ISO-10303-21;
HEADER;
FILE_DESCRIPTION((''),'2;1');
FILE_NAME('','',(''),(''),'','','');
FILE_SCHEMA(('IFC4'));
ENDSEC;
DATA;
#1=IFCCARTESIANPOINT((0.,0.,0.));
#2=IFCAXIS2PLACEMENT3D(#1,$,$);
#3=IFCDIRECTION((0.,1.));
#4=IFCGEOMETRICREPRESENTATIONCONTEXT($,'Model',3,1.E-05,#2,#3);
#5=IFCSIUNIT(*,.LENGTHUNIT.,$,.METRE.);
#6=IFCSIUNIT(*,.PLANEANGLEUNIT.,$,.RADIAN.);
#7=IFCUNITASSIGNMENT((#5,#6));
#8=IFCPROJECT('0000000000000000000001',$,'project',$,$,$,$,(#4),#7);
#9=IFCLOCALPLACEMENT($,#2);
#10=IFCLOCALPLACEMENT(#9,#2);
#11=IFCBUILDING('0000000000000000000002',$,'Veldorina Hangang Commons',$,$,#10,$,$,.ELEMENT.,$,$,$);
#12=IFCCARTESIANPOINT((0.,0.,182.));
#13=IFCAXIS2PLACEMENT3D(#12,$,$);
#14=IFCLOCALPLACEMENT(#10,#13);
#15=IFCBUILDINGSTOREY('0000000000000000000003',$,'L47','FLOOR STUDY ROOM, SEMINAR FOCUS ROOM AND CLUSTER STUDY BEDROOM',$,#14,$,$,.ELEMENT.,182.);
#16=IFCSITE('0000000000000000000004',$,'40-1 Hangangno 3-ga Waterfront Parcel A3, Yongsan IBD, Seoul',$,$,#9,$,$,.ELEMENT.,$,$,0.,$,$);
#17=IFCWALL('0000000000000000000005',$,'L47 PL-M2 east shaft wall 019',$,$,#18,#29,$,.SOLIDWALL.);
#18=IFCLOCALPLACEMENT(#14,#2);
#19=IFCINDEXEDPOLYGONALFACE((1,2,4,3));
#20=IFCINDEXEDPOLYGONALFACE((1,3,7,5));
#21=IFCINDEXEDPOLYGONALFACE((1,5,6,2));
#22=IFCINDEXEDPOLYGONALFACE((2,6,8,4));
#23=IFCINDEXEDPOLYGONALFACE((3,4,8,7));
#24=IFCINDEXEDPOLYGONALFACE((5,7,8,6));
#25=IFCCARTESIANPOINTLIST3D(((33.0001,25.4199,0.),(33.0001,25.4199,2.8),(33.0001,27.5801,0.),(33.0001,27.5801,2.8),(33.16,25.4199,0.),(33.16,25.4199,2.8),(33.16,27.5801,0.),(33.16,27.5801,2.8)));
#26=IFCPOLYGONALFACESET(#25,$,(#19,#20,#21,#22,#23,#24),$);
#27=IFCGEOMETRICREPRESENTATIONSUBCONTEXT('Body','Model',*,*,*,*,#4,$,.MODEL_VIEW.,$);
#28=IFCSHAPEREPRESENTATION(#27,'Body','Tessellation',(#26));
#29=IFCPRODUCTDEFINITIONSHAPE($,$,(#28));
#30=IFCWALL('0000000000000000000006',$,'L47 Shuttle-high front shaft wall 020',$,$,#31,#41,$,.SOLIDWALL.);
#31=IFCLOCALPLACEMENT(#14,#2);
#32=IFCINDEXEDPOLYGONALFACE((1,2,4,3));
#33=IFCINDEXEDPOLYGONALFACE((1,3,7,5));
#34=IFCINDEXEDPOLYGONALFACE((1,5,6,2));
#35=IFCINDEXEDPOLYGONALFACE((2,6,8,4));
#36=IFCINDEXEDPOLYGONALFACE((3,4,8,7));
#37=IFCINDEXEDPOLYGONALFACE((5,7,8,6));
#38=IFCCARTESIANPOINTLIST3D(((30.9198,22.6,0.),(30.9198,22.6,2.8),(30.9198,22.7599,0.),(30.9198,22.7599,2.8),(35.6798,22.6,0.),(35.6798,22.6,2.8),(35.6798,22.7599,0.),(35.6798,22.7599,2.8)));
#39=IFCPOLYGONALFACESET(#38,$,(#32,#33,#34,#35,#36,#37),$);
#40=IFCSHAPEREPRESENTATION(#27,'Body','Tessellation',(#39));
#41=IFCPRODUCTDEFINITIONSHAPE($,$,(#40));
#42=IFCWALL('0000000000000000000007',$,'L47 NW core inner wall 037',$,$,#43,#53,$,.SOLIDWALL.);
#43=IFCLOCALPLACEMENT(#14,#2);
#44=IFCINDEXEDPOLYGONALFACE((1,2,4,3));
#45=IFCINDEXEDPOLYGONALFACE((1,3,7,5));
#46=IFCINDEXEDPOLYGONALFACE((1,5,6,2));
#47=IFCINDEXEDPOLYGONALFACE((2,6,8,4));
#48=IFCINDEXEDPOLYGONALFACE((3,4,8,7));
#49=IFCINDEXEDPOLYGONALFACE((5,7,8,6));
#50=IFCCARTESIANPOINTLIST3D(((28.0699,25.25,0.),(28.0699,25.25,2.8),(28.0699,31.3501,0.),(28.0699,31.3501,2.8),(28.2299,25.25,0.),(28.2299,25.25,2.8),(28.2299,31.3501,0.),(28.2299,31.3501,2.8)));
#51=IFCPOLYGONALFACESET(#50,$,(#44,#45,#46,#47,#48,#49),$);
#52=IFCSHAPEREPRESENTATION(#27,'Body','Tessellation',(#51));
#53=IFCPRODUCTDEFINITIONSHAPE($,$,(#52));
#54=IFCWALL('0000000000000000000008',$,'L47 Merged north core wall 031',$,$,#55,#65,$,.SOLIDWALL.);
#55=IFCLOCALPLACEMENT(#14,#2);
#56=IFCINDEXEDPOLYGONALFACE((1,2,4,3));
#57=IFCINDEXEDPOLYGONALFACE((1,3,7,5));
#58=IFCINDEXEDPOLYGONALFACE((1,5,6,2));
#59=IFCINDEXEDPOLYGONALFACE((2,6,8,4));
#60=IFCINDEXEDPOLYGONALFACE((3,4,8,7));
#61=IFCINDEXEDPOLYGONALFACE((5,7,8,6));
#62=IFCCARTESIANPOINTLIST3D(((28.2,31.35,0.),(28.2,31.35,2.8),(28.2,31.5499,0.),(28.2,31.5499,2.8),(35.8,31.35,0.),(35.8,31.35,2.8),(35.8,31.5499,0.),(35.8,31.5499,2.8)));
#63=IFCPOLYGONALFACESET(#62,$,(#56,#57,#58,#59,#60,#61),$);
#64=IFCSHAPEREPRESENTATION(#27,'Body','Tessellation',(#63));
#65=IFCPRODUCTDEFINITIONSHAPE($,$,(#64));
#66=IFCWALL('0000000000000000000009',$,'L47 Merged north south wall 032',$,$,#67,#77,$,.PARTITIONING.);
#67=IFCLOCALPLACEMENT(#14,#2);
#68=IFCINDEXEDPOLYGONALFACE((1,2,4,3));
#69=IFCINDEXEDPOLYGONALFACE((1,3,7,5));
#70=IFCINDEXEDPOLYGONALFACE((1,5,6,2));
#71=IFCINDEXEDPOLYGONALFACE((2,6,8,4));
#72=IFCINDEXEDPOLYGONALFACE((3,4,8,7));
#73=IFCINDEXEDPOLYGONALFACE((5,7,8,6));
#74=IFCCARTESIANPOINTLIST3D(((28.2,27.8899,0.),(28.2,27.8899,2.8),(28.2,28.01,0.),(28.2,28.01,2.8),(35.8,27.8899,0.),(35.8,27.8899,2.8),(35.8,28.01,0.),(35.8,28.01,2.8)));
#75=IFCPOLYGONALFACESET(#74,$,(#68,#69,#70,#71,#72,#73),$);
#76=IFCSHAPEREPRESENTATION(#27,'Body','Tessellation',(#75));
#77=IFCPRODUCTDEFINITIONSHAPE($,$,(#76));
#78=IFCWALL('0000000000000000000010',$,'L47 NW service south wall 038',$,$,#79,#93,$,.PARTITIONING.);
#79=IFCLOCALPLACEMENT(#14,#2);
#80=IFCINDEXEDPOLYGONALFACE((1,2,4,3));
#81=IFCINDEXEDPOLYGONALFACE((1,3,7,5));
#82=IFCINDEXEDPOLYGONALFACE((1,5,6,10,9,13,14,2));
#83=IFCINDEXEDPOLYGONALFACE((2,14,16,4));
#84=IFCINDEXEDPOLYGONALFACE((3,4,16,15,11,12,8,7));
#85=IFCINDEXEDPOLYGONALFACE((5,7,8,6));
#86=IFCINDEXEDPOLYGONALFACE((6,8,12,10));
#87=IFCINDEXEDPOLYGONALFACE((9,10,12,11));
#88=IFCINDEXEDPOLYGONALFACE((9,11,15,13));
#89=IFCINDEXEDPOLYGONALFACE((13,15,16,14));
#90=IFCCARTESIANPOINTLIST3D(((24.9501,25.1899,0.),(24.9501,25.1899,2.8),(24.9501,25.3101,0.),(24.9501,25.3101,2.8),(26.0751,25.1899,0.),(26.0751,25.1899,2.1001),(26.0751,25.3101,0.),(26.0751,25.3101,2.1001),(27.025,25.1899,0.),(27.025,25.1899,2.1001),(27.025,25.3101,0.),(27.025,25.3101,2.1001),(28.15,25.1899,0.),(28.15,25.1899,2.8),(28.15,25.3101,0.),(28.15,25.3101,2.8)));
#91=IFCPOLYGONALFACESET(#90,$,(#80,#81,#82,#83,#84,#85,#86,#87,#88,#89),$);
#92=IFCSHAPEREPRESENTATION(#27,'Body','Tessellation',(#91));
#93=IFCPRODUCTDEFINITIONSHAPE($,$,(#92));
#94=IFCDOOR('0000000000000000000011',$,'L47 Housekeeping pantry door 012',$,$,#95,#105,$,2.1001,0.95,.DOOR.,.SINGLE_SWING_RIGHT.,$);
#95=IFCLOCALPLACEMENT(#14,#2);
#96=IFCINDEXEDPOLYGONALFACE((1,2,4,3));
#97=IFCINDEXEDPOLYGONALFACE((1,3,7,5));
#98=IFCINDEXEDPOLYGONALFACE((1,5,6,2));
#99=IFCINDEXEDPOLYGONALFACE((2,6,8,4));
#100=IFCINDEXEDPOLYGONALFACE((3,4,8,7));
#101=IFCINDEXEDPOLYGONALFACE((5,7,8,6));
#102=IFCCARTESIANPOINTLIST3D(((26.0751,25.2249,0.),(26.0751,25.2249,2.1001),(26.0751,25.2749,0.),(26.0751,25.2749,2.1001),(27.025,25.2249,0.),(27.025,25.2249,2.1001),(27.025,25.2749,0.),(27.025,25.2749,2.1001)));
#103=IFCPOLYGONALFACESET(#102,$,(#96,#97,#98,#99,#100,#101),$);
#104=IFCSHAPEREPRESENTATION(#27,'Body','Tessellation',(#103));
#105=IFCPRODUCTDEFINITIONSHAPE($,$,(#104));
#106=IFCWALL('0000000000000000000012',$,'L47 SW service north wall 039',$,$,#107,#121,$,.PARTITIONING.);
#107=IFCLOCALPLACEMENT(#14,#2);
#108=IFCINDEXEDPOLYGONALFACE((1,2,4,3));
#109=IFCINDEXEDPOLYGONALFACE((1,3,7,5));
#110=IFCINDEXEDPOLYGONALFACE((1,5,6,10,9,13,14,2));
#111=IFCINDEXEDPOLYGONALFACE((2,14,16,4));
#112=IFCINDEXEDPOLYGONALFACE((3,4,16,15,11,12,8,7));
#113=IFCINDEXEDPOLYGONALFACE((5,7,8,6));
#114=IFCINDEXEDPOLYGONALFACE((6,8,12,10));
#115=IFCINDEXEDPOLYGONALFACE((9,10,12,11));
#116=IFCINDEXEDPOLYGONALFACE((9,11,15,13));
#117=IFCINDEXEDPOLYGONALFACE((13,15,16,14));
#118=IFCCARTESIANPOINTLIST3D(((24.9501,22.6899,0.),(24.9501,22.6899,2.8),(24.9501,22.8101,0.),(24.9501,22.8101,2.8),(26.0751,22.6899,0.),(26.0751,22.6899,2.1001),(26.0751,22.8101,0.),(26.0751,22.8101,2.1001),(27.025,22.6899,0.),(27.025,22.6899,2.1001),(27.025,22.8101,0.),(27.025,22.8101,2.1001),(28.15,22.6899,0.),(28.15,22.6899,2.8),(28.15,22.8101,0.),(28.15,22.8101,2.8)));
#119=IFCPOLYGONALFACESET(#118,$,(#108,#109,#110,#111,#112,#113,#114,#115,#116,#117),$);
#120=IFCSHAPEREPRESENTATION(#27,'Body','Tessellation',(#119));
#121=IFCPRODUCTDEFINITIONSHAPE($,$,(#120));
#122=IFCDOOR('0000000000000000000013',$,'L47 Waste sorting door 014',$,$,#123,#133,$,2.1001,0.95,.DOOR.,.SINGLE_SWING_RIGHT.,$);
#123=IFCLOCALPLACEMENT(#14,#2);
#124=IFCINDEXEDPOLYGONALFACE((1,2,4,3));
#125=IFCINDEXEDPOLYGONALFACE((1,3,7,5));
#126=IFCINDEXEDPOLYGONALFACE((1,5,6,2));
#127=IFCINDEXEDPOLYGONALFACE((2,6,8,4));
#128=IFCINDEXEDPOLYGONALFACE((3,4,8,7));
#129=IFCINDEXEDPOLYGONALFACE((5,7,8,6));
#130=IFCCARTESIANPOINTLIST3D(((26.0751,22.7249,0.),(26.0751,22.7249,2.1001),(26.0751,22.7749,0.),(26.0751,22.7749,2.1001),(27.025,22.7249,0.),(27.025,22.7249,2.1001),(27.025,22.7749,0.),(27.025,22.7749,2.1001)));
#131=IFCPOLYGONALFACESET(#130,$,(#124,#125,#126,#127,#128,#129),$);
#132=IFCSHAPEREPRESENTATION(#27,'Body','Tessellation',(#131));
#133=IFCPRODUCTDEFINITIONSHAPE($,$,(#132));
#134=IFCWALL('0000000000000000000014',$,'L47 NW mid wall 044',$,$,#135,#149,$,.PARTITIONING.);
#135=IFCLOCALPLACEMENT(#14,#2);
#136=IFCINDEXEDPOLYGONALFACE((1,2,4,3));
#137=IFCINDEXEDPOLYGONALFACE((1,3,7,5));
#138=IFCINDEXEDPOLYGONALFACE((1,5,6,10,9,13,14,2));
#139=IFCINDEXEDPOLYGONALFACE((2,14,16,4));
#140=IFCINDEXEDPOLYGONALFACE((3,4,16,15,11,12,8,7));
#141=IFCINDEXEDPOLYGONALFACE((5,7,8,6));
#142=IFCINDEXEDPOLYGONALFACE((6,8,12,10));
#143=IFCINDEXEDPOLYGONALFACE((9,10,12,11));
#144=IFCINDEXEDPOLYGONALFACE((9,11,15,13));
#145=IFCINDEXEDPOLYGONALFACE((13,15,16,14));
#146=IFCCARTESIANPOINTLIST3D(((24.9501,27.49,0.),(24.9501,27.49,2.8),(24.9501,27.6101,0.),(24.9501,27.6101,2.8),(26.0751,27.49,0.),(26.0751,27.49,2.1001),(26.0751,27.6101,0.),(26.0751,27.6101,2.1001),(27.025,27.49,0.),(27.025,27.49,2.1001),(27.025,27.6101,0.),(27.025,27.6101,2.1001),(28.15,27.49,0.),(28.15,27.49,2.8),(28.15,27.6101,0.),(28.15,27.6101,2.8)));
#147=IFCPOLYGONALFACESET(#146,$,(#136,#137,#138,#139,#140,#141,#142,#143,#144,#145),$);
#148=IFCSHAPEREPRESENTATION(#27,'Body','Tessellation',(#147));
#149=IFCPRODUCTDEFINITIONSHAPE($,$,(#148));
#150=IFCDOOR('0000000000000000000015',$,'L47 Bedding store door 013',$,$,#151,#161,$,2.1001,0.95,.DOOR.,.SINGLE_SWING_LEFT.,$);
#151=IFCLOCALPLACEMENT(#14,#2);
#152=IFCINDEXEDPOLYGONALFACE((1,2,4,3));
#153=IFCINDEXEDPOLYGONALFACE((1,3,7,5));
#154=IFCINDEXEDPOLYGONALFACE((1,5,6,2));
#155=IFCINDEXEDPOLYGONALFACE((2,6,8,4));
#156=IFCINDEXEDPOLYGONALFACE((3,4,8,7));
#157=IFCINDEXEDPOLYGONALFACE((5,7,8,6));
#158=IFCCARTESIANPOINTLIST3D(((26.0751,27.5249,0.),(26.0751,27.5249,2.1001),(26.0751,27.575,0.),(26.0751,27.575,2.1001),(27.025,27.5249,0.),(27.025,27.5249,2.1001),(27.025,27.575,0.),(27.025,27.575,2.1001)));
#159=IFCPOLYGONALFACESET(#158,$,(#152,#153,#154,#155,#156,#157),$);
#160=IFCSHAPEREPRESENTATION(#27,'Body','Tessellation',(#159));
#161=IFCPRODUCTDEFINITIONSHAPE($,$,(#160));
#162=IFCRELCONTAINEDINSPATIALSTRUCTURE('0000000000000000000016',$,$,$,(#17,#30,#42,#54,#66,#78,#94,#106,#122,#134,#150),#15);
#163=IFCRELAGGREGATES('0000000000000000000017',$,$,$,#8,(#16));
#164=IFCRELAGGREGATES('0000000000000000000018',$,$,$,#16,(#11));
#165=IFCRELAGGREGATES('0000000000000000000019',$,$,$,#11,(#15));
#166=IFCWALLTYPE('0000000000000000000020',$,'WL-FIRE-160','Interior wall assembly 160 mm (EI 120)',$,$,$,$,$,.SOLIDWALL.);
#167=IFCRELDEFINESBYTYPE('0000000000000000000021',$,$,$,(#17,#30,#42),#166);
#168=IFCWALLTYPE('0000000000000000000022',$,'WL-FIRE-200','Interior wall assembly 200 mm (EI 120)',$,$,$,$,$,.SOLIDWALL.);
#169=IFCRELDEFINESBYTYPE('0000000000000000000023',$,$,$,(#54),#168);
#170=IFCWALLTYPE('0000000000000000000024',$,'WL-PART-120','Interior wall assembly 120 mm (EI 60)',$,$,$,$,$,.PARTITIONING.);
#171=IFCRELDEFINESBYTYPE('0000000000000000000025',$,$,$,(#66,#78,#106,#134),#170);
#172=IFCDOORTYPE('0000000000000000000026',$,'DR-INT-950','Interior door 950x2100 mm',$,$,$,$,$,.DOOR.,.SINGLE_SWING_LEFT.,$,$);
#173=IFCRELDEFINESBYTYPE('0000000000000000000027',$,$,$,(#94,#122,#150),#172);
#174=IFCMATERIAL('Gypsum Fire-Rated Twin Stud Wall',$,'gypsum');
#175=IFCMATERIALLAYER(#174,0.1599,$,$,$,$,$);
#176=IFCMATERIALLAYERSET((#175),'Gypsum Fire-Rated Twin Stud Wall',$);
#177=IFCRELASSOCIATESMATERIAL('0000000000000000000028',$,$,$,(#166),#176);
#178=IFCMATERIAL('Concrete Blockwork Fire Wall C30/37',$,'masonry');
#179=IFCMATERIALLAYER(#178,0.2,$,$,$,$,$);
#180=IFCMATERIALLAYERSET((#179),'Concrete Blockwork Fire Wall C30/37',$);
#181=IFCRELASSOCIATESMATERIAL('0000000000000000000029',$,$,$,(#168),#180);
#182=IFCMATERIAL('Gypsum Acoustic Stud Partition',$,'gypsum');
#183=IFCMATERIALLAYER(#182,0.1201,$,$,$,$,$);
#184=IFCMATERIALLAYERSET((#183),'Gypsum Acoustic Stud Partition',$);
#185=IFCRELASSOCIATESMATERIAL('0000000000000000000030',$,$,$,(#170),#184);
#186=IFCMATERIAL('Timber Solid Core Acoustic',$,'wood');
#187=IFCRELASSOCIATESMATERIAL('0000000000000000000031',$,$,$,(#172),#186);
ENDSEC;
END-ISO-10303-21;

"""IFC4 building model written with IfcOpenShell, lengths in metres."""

from ifc_helpers import new_model, si_unit, direction, frame, frame_2d, origin, place, context, subcontext, project, spatial, rectangle, extrude, material, layer, layer_set, type_object, element, fill, save


model = new_model("IFC4")

# Units and contexts
model_context = context("Model", 3, precision=1e-05, world=origin(), true_north=direction((0.0, 1.0)))
body_context = subcontext(model_context, "Body", "Model", "MODEL_VIEW")
ifc_project = project(units=[si_unit("LENGTHUNIT", "METRE"), si_unit("PLANEANGLEUNIT", "RADIAN")], contexts=[model_context])

# Site, building, storey
site_placement = place(None, origin())
site = spatial("IfcSite", under=ifc_project, at=site_placement, Name="40-1 Hangangno 3-ga Waterfront Parcel A3, Yongsan IBD, Seoul", CompositionType="ELEMENT", RefElevation=0.0)
building_placement = place(site_placement, origin())
building = spatial("IfcBuilding", under=site, at=building_placement, Name="Veldorina Hangang Commons", CompositionType="ELEMENT")
storey_placement = place(building_placement, frame((0.0, 0.0, 182.0)))
storey = spatial("IfcBuildingStorey", under=building, at=storey_placement, Name="L47", Description="FLOOR STUDY ROOM, SEMINAR FOCUS ROOM AND CLUSTER STUDY BEDROOM", CompositionType="ELEMENT", Elevation=182.0)

# Shared definitions
ifc_material_1 = material(Name="Gypsum Fire-Rated Twin Stud Wall", Category="gypsum")
ifc_layer_1 = layer(ifc_material_1, 0.1599)
ifc_layer_set_1 = layer_set([ifc_layer_1], Name="Gypsum Fire-Rated Twin Stud Wall")
wall_type_1 = type_object("IfcWallType", Name="WL-FIRE-160", Description="Interior wall assembly 160 mm (EI 120)", PredefinedType="SOLIDWALL", material=ifc_layer_set_1)

# Walls
for number, where, z_axis, x_axis, name in (
    (1, (33.0801, 25.4199, 0.0), (0.0, 0.0, 1.0), (0.0, 1.0, 0.0), "L47 PL-M2 east shaft wall 019"),
):
    element("IfcWall", number, at=place(storey_placement, frame(where, z_axis=z_axis, x_axis=x_axis)), inside=storey, type_object=wall_type_1, Name=name, PredefinedType="SOLIDWALL", context=body_context, shape_type="SweptSolid", body=[
        extrude(rectangle(XDim=2.1602, YDim=0.1599, at=frame_2d((1.0801, 0.0))), origin(), (0.0, 0.0, 1.0), 2.8),
    ])
wall_1_placement = place(storey_placement, frame((30.9199, 22.6799, 0.0), z_axis=(0.0, 0.0, 1.0), x_axis=(1.0, 0.0, 0.0)))
element("IfcWall", 2, at=wall_1_placement, inside=storey, type_object=wall_type_1, Name="L47 Shuttle-high front shaft wall 020", PredefinedType="SOLIDWALL", context=body_context, shape_type="SweptSolid", body=[
    extrude(rectangle(XDim=4.76, YDim=0.1599, at=frame_2d((2.3799, 0.0))), origin(), (0.0, 0.0, 1.0), 2.8),
])
wall_2_placement = place(storey_placement, frame((28.1499, 25.25, 0.0), z_axis=(0.0, 0.0, 1.0), x_axis=(0.0, 1.0, 0.0)))
element("IfcWall", 3, at=wall_2_placement, inside=storey, type_object=wall_type_1, Name="L47 NW core inner wall 037", PredefinedType="SOLIDWALL", context=body_context, shape_type="SweptSolid", body=[
    extrude(rectangle(XDim=6.1001, YDim=0.1599, at=frame_2d((3.05, 0.0))), origin(), (0.0, 0.0, 1.0), 2.8),
])
ifc_material_2 = material(Name="Concrete Blockwork Fire Wall C30/37", Category="masonry")
ifc_layer_2 = layer(ifc_material_2, 0.2)
ifc_layer_set_2 = layer_set([ifc_layer_2], Name="Concrete Blockwork Fire Wall C30/37")
wall_type_2 = type_object("IfcWallType", Name="WL-FIRE-200", Description="Interior wall assembly 200 mm (EI 120)", PredefinedType="SOLIDWALL", material=ifc_layer_set_2)
wall_3_placement = place(storey_placement, frame((28.2, 31.45, 0.0), z_axis=(0.0, 0.0, 1.0), x_axis=(1.0, 0.0, 0.0)))
element("IfcWall", 4, at=wall_3_placement, inside=storey, type_object=wall_type_2, Name="L47 Merged north core wall 031", PredefinedType="SOLIDWALL", context=body_context, shape_type="SweptSolid", body=[
    extrude(rectangle(XDim=7.6001, YDim=0.2, at=frame_2d((3.8, 0.0))), origin(), (0.0, 0.0, 1.0), 2.8),
])
ifc_material_3 = material(Name="Gypsum Acoustic Stud Partition", Category="gypsum")
ifc_layer_3 = layer(ifc_material_3, 0.1201)
ifc_layer_set_3 = layer_set([ifc_layer_3], Name="Gypsum Acoustic Stud Partition")
wall_type_3 = type_object("IfcWallType", Name="WL-PART-120", Description="Interior wall assembly 120 mm (EI 60)", PredefinedType="PARTITIONING", material=ifc_layer_set_3)
wall_4_placement = place(storey_placement, frame((28.2, 27.95, 0.0), z_axis=(0.0, 0.0, 1.0), x_axis=(1.0, 0.0, 0.0)))
element("IfcWall", 5, at=wall_4_placement, inside=storey, type_object=wall_type_3, Name="L47 Merged north south wall 032", PredefinedType="PARTITIONING", context=body_context, shape_type="SweptSolid", body=[
    extrude(rectangle(XDim=7.6001, YDim=0.1201, at=frame_2d((3.8, 0.0))), origin(), (0.0, 0.0, 1.0), 2.8),
])

# Walls, openings, doors
wall_5_placement = place(storey_placement, frame((24.95, 25.25, 0.0), z_axis=(0.0, 0.0, 1.0), x_axis=(1.0, 0.0, 0.0)))
wall_5 = element("IfcWall", 6, at=wall_5_placement, inside=storey, type_object=wall_type_3, Name="L47 NW service south wall 038", PredefinedType="PARTITIONING", context=body_context, shape_type="SweptSolid", body=[
    extrude(rectangle(XDim=3.2, YDim=0.1201, at=frame_2d((1.6001, 0.0))), origin(), (0.0, 0.0, 1.0), 2.8),
])
opening_1_placement = place(wall_5_placement, frame((1.125, 0.0, 0.0)))
opening_1 = element("IfcOpeningElement", 7, at=opening_1_placement, cuts=wall_5, PredefinedType="OPENING", context=body_context, shape_type="SweptSolid", body=[
    extrude(rectangle(XDim=0.95, YDim=2.1001, at=frame_2d((0.4751, 1.05))), frame((0.0, 0.0701, 0.0), z_axis=(0.0, -1.0, 0.0), x_axis=(1.0, 0.0, 0.0)), (0.0, 0.0, 1.0), 0.1401),
])
ifc_material_4 = material(Name="Timber Solid Core Acoustic", Category="wood")
door_type_1 = type_object("IfcDoorType", Name="DR-INT-950", Description="Interior door 950x2100 mm", OperationType="SINGLE_SWING_LEFT", PredefinedType="DOOR", material=ifc_material_4)
door_1_placement = place(opening_1_placement, origin())
door_1 = element("IfcDoor", 8, at=door_1_placement, inside=storey, type_object=door_type_1, Name="L47 Housekeeping pantry door 012", OperationType="SINGLE_SWING_RIGHT", OverallHeight=2.1001, OverallWidth=0.95, PredefinedType="DOOR", context=body_context, shape_type="SweptSolid", body=[
    extrude(rectangle(XDim=0.95, YDim=2.1001, at=frame_2d((0.4751, 1.05))), frame((0.0, 0.0249, 0.0), z_axis=(0.0, -1.0, 0.0), x_axis=(1.0, 0.0, 0.0)), (0.0, 0.0, 1.0), 0.05),
])
fill(opening_1, door_1)
wall_6_placement = place(storey_placement, frame((24.95, 22.75, 0.0), z_axis=(0.0, 0.0, 1.0), x_axis=(1.0, 0.0, 0.0)))
wall_6 = element("IfcWall", 9, at=wall_6_placement, inside=storey, type_object=wall_type_3, Name="L47 SW service north wall 039", PredefinedType="PARTITIONING", context=body_context, shape_type="SweptSolid", body=[
    extrude(rectangle(XDim=3.2, YDim=0.1201, at=frame_2d((1.6001, 0.0))), origin(), (0.0, 0.0, 1.0), 2.8),
])
opening_2_placement = place(wall_6_placement, frame((1.125, 0.0, 0.0)))
opening_2 = element("IfcOpeningElement", 10, at=opening_2_placement, cuts=wall_6, PredefinedType="OPENING", context=body_context, shape_type="SweptSolid", body=[
    extrude(rectangle(XDim=0.95, YDim=2.1001, at=frame_2d((0.4751, 1.05))), frame((0.0, 0.0701, 0.0), z_axis=(0.0, -1.0, 0.0), x_axis=(1.0, 0.0, 0.0)), (0.0, 0.0, 1.0), 0.1401),
])
door_2_placement = place(opening_2_placement, origin())
door_2 = element("IfcDoor", 11, at=door_2_placement, inside=storey, type_object=door_type_1, Name="L47 Waste sorting door 014", OperationType="SINGLE_SWING_RIGHT", OverallHeight=2.1001, OverallWidth=0.95, PredefinedType="DOOR", context=body_context, shape_type="SweptSolid", body=[
    extrude(rectangle(XDim=0.95, YDim=2.1001, at=frame_2d((0.4751, 1.05))), frame((0.0, 0.0249, 0.0), z_axis=(0.0, -1.0, 0.0), x_axis=(1.0, 0.0, 0.0)), (0.0, 0.0, 1.0), 0.05),
])
fill(opening_2, door_2)
wall_7_placement = place(storey_placement, frame((24.95, 27.55, 0.0), z_axis=(0.0, 0.0, 1.0), x_axis=(1.0, 0.0, 0.0)))
wall_7 = element("IfcWall", 12, at=wall_7_placement, inside=storey, type_object=wall_type_3, Name="L47 NW mid wall 044", PredefinedType="PARTITIONING", context=body_context, shape_type="SweptSolid", body=[
    extrude(rectangle(XDim=3.2, YDim=0.1201, at=frame_2d((1.6001, 0.0))), origin(), (0.0, 0.0, 1.0), 2.8),
])
opening_3_placement = place(wall_7_placement, frame((1.125, 0.0, 0.0)))
opening_3 = element("IfcOpeningElement", 13, at=opening_3_placement, cuts=wall_7, PredefinedType="OPENING", context=body_context, shape_type="SweptSolid", body=[
    extrude(rectangle(XDim=0.95, YDim=2.1001, at=frame_2d((0.4751, 1.05))), frame((0.0, 0.0701, 0.0), z_axis=(0.0, -1.0, 0.0), x_axis=(1.0, 0.0, 0.0)), (0.0, 0.0, 1.0), 0.1401),
])
door_3_placement = place(opening_3_placement, origin())
door_3 = element("IfcDoor", 14, at=door_3_placement, inside=storey, type_object=door_type_1, Name="L47 Bedding store door 013", OperationType="SINGLE_SWING_LEFT", OverallHeight=2.1001, OverallWidth=0.95, PredefinedType="DOOR", context=body_context, shape_type="SweptSolid", body=[
    extrude(rectangle(XDim=0.95, YDim=2.1001, at=frame_2d((0.4751, 1.05))), frame((0.0, 0.0249, 0.0), z_axis=(0.0, -1.0, 0.0), x_axis=(1.0, 0.0, 0.0)), (0.0, 0.0, 1.0), 0.05),
])
fill(opening_3, door_3)

save(model, "model.ifc")
